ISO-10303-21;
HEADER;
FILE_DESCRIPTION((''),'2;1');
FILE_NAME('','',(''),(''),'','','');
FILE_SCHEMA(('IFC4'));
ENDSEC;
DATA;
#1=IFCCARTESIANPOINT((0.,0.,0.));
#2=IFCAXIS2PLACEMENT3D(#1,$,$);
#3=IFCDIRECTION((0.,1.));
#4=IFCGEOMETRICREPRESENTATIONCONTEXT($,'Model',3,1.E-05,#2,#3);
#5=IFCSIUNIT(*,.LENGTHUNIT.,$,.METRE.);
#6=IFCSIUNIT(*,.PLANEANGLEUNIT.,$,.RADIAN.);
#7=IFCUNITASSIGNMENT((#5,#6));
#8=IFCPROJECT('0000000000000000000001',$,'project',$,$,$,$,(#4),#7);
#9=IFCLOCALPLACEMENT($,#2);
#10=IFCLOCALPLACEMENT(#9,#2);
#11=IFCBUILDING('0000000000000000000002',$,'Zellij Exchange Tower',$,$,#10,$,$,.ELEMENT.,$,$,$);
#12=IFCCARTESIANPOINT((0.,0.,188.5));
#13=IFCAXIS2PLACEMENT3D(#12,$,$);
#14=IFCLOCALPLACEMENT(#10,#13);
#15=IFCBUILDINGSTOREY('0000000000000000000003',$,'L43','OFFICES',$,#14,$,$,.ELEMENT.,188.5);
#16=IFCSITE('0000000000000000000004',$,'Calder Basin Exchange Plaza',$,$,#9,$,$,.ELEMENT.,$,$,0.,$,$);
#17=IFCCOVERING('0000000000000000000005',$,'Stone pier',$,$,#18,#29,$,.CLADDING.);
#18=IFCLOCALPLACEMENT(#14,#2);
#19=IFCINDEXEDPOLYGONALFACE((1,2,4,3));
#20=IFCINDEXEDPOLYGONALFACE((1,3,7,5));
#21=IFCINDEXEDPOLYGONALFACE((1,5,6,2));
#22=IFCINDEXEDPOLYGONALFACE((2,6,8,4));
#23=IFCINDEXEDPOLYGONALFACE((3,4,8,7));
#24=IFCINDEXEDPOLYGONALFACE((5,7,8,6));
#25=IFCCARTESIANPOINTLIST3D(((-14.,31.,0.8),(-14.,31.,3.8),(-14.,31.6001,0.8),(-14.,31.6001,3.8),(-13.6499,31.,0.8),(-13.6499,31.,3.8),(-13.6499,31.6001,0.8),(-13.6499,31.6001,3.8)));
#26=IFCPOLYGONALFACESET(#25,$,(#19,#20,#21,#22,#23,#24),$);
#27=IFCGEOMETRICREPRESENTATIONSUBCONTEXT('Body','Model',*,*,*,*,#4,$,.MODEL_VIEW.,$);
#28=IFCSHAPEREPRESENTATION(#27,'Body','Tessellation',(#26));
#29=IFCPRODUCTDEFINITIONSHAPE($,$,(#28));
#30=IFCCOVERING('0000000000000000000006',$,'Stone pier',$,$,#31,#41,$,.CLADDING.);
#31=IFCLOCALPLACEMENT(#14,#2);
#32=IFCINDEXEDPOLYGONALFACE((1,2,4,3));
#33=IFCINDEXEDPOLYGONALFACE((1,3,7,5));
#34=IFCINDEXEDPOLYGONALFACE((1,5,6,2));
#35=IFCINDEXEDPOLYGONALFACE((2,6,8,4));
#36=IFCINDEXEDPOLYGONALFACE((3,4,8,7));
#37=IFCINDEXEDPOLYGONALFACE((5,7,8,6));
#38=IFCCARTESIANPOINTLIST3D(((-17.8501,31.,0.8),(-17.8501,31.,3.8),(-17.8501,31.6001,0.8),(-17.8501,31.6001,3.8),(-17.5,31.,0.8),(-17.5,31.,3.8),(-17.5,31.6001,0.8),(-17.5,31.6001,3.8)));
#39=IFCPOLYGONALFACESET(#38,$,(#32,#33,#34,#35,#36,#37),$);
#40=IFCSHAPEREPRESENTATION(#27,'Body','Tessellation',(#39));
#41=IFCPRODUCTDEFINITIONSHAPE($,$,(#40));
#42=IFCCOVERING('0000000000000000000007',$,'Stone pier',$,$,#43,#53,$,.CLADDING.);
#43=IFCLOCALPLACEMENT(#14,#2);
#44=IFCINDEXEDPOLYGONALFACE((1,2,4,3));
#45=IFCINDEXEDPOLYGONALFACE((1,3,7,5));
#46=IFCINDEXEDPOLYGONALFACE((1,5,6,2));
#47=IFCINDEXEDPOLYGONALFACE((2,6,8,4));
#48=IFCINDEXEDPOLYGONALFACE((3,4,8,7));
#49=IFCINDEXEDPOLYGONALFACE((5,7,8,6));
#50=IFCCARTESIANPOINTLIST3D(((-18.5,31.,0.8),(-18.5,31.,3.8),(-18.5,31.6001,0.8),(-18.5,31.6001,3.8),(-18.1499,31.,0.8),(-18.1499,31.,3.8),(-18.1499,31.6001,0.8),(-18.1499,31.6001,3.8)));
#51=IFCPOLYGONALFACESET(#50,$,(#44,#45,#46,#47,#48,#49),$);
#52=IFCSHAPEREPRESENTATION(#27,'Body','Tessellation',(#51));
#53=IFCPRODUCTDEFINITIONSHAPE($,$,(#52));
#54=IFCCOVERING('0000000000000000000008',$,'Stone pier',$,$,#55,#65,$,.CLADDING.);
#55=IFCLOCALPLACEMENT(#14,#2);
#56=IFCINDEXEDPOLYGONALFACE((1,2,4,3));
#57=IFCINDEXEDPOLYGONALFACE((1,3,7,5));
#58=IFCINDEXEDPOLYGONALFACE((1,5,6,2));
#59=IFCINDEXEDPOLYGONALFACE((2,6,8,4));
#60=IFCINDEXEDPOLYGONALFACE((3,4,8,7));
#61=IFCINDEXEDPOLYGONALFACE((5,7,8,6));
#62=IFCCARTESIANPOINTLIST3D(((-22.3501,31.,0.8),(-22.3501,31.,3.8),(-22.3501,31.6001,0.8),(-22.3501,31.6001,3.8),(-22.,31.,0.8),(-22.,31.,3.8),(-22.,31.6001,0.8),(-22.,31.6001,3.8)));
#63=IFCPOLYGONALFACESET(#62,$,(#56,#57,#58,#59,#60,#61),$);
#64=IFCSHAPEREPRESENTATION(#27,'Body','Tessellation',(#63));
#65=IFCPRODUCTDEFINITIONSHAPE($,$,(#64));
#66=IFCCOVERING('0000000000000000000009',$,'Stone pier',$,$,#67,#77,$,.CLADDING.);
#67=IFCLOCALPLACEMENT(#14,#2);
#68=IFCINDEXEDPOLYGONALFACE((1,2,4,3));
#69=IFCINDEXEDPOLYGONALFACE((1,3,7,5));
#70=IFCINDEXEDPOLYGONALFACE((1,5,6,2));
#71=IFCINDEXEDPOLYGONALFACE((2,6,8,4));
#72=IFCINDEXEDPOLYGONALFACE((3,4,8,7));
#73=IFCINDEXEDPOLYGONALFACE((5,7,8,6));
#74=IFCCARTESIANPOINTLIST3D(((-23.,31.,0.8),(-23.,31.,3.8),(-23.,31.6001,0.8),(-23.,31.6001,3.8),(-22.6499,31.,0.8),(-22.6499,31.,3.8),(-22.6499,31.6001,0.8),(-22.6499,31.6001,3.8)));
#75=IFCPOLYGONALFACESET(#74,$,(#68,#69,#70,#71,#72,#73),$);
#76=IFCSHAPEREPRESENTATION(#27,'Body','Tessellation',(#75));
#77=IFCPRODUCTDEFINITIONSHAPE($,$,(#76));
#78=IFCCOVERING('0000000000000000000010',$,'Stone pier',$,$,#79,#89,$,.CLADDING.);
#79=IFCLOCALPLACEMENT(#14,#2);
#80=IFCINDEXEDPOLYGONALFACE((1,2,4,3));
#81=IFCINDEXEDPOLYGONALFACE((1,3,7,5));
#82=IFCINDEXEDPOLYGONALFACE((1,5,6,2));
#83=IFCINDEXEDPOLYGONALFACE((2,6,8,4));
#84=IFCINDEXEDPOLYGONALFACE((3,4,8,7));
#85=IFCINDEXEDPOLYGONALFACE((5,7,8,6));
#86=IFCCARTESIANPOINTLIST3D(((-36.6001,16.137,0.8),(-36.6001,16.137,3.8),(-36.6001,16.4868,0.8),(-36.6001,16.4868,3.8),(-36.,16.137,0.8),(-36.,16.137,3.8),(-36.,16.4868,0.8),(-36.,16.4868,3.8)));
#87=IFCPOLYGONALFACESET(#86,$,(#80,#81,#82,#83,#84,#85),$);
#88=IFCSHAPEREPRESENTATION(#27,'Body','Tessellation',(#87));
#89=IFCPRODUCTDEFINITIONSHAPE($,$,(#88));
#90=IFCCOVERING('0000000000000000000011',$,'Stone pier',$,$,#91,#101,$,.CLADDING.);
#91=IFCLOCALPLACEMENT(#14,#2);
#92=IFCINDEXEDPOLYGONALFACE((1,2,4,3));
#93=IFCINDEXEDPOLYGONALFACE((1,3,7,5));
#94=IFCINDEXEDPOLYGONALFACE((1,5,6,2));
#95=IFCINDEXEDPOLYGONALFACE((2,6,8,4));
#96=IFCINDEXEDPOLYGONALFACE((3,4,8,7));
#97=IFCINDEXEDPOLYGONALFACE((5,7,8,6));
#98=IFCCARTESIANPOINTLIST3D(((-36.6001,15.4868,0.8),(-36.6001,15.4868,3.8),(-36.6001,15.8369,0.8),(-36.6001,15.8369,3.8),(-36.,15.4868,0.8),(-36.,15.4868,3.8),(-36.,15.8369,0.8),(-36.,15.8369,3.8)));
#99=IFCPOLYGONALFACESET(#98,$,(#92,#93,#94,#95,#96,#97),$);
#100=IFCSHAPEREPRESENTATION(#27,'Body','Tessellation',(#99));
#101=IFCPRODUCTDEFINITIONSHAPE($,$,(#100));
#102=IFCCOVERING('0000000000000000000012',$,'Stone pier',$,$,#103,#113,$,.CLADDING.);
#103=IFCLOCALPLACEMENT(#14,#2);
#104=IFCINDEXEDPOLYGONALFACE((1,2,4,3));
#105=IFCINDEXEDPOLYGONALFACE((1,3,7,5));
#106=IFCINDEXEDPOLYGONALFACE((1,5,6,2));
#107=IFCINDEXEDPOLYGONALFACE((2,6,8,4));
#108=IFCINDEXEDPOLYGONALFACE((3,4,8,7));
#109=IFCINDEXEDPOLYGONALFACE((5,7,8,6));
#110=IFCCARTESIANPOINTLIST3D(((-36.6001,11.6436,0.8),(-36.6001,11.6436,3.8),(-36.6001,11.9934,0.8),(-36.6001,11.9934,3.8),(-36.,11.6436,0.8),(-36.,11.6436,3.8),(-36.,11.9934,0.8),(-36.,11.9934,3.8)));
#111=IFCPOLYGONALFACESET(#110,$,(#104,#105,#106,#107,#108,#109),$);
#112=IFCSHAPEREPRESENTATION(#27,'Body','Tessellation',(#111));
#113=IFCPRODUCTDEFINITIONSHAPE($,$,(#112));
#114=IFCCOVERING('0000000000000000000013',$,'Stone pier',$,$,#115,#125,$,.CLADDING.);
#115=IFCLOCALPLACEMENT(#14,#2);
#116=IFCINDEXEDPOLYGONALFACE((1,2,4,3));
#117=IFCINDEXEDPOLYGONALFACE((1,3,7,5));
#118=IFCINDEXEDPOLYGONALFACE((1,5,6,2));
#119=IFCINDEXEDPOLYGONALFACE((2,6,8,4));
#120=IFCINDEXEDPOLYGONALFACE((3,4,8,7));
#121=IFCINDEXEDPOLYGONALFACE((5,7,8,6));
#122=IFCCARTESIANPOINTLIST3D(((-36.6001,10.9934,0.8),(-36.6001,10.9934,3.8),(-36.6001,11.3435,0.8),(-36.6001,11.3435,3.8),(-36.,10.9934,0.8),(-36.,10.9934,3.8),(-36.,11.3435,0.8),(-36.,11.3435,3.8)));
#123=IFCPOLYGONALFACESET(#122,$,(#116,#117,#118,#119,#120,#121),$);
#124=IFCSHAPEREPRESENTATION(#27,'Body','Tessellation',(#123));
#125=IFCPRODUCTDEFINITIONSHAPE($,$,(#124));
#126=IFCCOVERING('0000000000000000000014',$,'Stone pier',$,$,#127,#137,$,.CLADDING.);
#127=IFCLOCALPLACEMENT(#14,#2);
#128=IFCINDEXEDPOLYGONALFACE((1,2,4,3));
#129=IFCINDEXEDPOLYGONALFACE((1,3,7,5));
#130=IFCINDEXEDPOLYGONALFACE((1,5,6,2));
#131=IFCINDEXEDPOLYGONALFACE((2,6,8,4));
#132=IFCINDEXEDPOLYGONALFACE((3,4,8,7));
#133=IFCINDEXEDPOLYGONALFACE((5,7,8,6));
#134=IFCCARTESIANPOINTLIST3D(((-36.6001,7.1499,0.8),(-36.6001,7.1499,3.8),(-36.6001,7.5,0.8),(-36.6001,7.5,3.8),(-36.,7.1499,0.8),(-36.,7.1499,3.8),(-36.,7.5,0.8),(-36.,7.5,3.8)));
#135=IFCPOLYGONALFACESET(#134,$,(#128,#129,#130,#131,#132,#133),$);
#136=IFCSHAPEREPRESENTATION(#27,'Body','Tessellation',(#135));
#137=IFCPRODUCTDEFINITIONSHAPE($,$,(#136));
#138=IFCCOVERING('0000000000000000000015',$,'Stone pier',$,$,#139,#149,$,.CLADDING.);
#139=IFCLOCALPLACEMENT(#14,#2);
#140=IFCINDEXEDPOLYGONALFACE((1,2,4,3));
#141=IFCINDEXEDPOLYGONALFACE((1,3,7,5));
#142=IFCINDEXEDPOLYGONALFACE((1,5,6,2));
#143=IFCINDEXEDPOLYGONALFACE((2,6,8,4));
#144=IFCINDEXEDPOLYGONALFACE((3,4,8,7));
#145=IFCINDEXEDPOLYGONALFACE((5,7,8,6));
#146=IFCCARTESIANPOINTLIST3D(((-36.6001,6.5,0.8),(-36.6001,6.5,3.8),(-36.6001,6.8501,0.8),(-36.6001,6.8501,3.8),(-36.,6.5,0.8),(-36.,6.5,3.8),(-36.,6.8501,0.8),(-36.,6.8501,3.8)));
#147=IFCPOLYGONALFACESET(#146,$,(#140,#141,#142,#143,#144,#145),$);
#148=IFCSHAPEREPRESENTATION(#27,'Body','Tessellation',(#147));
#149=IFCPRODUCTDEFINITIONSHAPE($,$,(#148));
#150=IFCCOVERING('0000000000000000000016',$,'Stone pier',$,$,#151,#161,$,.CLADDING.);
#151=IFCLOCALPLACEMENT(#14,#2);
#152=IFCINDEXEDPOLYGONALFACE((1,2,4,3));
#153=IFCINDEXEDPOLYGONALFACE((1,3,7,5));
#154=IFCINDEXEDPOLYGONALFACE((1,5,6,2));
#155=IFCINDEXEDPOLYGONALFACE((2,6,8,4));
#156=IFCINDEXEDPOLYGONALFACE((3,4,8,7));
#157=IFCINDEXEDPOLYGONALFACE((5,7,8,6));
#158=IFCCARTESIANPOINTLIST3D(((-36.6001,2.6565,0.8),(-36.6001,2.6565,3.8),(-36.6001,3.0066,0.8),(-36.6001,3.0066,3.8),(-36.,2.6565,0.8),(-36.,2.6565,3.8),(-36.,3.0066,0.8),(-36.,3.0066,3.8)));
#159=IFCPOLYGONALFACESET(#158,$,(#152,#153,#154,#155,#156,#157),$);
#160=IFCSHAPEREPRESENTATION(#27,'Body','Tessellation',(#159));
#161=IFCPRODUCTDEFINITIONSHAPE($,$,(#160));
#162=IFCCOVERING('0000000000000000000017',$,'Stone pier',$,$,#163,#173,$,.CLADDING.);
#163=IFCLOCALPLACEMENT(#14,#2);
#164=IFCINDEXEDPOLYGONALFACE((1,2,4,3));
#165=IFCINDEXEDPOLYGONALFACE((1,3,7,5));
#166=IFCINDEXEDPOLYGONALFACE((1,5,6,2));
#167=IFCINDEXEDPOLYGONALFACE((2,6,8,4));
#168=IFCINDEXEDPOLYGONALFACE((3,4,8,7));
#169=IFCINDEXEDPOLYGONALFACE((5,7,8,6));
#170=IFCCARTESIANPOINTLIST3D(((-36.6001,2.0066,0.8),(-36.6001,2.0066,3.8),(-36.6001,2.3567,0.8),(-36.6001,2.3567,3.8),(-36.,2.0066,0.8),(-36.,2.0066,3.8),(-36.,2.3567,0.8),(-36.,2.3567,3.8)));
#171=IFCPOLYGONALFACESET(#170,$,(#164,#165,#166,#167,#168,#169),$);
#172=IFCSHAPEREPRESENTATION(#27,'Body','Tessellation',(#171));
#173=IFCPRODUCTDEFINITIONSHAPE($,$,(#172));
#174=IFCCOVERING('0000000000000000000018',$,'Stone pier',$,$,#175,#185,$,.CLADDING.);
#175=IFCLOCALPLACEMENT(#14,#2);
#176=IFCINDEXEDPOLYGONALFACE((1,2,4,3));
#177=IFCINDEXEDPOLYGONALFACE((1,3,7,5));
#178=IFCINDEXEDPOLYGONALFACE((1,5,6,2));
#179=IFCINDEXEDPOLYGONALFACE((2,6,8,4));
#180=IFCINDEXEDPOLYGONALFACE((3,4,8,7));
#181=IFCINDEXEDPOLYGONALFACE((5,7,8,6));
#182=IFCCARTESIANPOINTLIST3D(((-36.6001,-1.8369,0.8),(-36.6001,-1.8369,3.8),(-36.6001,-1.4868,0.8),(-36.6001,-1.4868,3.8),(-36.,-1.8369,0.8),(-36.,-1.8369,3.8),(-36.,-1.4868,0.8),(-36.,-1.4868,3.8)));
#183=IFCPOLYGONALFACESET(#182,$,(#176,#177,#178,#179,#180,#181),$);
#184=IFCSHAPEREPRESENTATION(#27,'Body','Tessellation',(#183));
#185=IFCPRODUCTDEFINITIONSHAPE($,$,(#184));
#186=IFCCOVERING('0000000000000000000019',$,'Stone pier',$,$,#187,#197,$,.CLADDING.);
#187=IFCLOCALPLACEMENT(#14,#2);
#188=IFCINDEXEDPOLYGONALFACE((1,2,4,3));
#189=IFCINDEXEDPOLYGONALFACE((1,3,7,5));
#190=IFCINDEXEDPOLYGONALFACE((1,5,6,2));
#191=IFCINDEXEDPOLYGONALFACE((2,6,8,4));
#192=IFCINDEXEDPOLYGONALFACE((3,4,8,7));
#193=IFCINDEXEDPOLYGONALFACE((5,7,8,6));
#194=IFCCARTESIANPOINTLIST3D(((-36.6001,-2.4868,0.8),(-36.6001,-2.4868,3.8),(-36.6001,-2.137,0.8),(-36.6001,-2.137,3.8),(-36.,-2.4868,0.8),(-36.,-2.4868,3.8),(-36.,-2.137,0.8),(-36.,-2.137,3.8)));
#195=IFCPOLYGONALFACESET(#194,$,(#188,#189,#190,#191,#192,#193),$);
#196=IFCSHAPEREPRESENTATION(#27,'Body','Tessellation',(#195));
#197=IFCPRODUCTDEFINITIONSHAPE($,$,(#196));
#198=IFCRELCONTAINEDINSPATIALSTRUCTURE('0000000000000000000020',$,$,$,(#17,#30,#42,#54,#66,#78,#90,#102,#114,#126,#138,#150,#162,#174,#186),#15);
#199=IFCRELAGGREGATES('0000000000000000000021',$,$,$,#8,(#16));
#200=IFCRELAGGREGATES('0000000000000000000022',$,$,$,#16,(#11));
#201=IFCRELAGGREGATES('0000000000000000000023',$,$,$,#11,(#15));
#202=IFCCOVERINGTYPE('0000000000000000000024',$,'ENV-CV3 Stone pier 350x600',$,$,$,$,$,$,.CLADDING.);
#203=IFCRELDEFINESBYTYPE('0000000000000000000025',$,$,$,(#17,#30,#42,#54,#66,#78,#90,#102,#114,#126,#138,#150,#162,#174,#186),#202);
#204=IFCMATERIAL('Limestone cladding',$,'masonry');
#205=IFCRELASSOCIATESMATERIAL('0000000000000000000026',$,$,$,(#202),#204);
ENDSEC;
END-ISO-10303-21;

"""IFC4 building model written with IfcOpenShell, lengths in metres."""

from ifc_helpers import new_model, si_unit, direction, frame, origin, place, context, subcontext, project, spatial, polyline, outline, extrude, material, type_object, element, save


model = new_model("IFC4")

# Units and contexts
model_context = context("Model", 3, precision=1e-05, world=origin(), true_north=direction((0.0, 1.0)))
body_context = subcontext(model_context, "Body", "Model", "MODEL_VIEW")
ifc_project = project(units=[si_unit("LENGTHUNIT", "METRE"), si_unit("PLANEANGLEUNIT", "RADIAN")], contexts=[model_context])

# Site, building, storey
site_placement = place(None, origin())
site = spatial("IfcSite", under=ifc_project, at=site_placement, Name="Calder Basin Exchange Plaza", CompositionType="ELEMENT", RefElevation=0.0)
building_placement = place(site_placement, origin())
building = spatial("IfcBuilding", under=site, at=building_placement, Name="Zellij Exchange Tower", CompositionType="ELEMENT")
storey_placement = place(building_placement, frame((0.0, 0.0, 188.5)))
storey = spatial("IfcBuildingStorey", under=building, at=storey_placement, Name="L43", Description="OFFICES", CompositionType="ELEMENT", Elevation=188.5)

# Coverings
ifc_material_1 = material(Name="Limestone cladding", Category="masonry")
covering_type_1 = type_object("IfcCoveringType", Name="ENV-CV3 Stone pier 350x600", PredefinedType="CLADDING", material=ifc_material_1)
covering_1_placement = place(storey_placement, frame((0.0, 0.0, 0.8)))
element("IfcCovering", 1, at=covering_1_placement, inside=storey, type_object=covering_type_1, Name="Stone pier", PredefinedType="CLADDING", context=body_context, shape_type="SweptSolid", body=[
    extrude(outline(polyline([(-13.6499, 31.0), (-14.0, 31.0), (-14.0, 31.6001), (-13.6499, 31.6001), (-13.6499, 31.0)])), origin(), (0.0, 0.0, 1.0), 3.0),
])
covering_2_placement = place(storey_placement, frame((0.0, 0.0, 0.8)))
element("IfcCovering", 2, at=covering_2_placement, inside=storey, type_object=covering_type_1, Name="Stone pier", PredefinedType="CLADDING", context=body_context, shape_type="SweptSolid", body=[
    extrude(outline(polyline([(-17.5, 31.0), (-17.8501, 31.0), (-17.8501, 31.6001), (-17.5, 31.6001), (-17.5, 31.0)])), origin(), (0.0, 0.0, 1.0), 3.0),
])
covering_3_placement = place(storey_placement, frame((0.0, 0.0, 0.8)))
element("IfcCovering", 3, at=covering_3_placement, inside=storey, type_object=covering_type_1, Name="Stone pier", PredefinedType="CLADDING", context=body_context, shape_type="SweptSolid", body=[
    extrude(outline(polyline([(-18.1499, 31.0), (-18.5, 31.0), (-18.5, 31.6001), (-18.1499, 31.6001), (-18.1499, 31.0)])), origin(), (0.0, 0.0, 1.0), 3.0),
])
covering_4_placement = place(storey_placement, frame((0.0, 0.0, 0.8)))
element("IfcCovering", 4, at=covering_4_placement, inside=storey, type_object=covering_type_1, Name="Stone pier", PredefinedType="CLADDING", context=body_context, shape_type="SweptSolid", body=[
    extrude(outline(polyline([(-22.0, 31.0), (-22.3501, 31.0), (-22.3501, 31.6001), (-22.0, 31.6001), (-22.0, 31.0)])), origin(), (0.0, 0.0, 1.0), 3.0),
])
covering_5_placement = place(storey_placement, frame((0.0, 0.0, 0.8)))
element("IfcCovering", 5, at=covering_5_placement, inside=storey, type_object=covering_type_1, Name="Stone pier", PredefinedType="CLADDING", context=body_context, shape_type="SweptSolid", body=[
    extrude(outline(polyline([(-22.6499, 31.0), (-23.0, 31.0), (-23.0, 31.6001), (-22.6499, 31.6001), (-22.6499, 31.0)])), origin(), (0.0, 0.0, 1.0), 3.0),
])
covering_6_placement = place(storey_placement, frame((0.0, 0.0, 0.8)))
element("IfcCovering", 6, at=covering_6_placement, inside=storey, type_object=covering_type_1, Name="Stone pier", PredefinedType="CLADDING", context=body_context, shape_type="SweptSolid", body=[
    extrude(outline(polyline([(-36.0, 16.4868), (-36.0, 16.137), (-36.6001, 16.137), (-36.6001, 16.4868), (-36.0, 16.4868)])), origin(), (0.0, 0.0, 1.0), 3.0),
])
covering_7_placement = place(storey_placement, frame((0.0, 0.0, 0.8)))
element("IfcCovering", 7, at=covering_7_placement, inside=storey, type_object=covering_type_1, Name="Stone pier", PredefinedType="CLADDING", context=body_context, shape_type="SweptSolid", body=[
    extrude(outline(polyline([(-36.0, 15.8369), (-36.0, 15.4868), (-36.6001, 15.4868), (-36.6001, 15.8369), (-36.0, 15.8369)])), origin(), (0.0, 0.0, 1.0), 3.0),
])
covering_8_placement = place(storey_placement, frame((0.0, 0.0, 0.8)))
element("IfcCovering", 8, at=covering_8_placement, inside=storey, type_object=covering_type_1, Name="Stone pier", PredefinedType="CLADDING", context=body_context, shape_type="SweptSolid", body=[
    extrude(outline(polyline([(-36.0, 11.9934), (-36.0, 11.6436), (-36.6001, 11.6436), (-36.6001, 11.9934), (-36.0, 11.9934)])), origin(), (0.0, 0.0, 1.0), 3.0),
])
covering_9_placement = place(storey_placement, frame((0.0, 0.0, 0.8)))
element("IfcCovering", 9, at=covering_9_placement, inside=storey, type_object=covering_type_1, Name="Stone pier", PredefinedType="CLADDING", context=body_context, shape_type="SweptSolid", body=[
    extrude(outline(polyline([(-36.0, 11.3435), (-36.0, 10.9934), (-36.6001, 10.9934), (-36.6001, 11.3435), (-36.0, 11.3435)])), origin(), (0.0, 0.0, 1.0), 3.0),
])
covering_10_placement = place(storey_placement, frame((0.0, 0.0, 0.8)))
element("IfcCovering", 10, at=covering_10_placement, inside=storey, type_object=covering_type_1, Name="Stone pier", PredefinedType="CLADDING", context=body_context, shape_type="SweptSolid", body=[
    extrude(outline(polyline([(-36.0, 7.5), (-36.0, 7.1499), (-36.6001, 7.1499), (-36.6001, 7.5), (-36.0, 7.5)])), origin(), (0.0, 0.0, 1.0), 3.0),
])
covering_11_placement = place(storey_placement, frame((0.0, 0.0, 0.8)))
element("IfcCovering", 11, at=covering_11_placement, inside=storey, type_object=covering_type_1, Name="Stone pier", PredefinedType="CLADDING", context=body_context, shape_type="SweptSolid", body=[
    extrude(outline(polyline([(-36.0, 6.8501), (-36.0, 6.5), (-36.6001, 6.5), (-36.6001, 6.8501), (-36.0, 6.8501)])), origin(), (0.0, 0.0, 1.0), 3.0),
])
covering_12_placement = place(storey_placement, frame((0.0, 0.0, 0.8)))
element("IfcCovering", 12, at=covering_12_placement, inside=storey, type_object=covering_type_1, Name="Stone pier", PredefinedType="CLADDING", context=body_context, shape_type="SweptSolid", body=[
    extrude(outline(polyline([(-36.0, 3.0066), (-36.0, 2.6565), (-36.6001, 2.6565), (-36.6001, 3.0066), (-36.0, 3.0066)])), origin(), (0.0, 0.0, 1.0), 3.0),
])
covering_13_placement = place(storey_placement, frame((0.0, 0.0, 0.8)))
element("IfcCovering", 13, at=covering_13_placement, inside=storey, type_object=covering_type_1, Name="Stone pier", PredefinedType="CLADDING", context=body_context, shape_type="SweptSolid", body=[
    extrude(outline(polyline([(-36.0, 2.3567), (-36.0, 2.0066), (-36.6001, 2.0066), (-36.6001, 2.3567), (-36.0, 2.3567)])), origin(), (0.0, 0.0, 1.0), 3.0),
])
covering_14_placement = place(storey_placement, frame((0.0, 0.0, 0.8)))
element("IfcCovering", 14, at=covering_14_placement, inside=storey, type_object=covering_type_1, Name="Stone pier", PredefinedType="CLADDING", context=body_context, shape_type="SweptSolid", body=[
    extrude(outline(polyline([(-36.0, -1.4868), (-36.0, -1.8369), (-36.6001, -1.8369), (-36.6001, -1.4868), (-36.0, -1.4868)])), origin(), (0.0, 0.0, 1.0), 3.0),
])
covering_15_placement = place(storey_placement, frame((0.0, 0.0, 0.8)))
element("IfcCovering", 15, at=covering_15_placement, inside=storey, type_object=covering_type_1, Name="Stone pier", PredefinedType="CLADDING", context=body_context, shape_type="SweptSolid", body=[
    extrude(outline(polyline([(-36.0, -2.137), (-36.0, -2.4868), (-36.6001, -2.4868), (-36.6001, -2.137), (-36.0, -2.137)])), origin(), (0.0, 0.0, 1.0), 3.0),
])

save(model, "model.ifc")
